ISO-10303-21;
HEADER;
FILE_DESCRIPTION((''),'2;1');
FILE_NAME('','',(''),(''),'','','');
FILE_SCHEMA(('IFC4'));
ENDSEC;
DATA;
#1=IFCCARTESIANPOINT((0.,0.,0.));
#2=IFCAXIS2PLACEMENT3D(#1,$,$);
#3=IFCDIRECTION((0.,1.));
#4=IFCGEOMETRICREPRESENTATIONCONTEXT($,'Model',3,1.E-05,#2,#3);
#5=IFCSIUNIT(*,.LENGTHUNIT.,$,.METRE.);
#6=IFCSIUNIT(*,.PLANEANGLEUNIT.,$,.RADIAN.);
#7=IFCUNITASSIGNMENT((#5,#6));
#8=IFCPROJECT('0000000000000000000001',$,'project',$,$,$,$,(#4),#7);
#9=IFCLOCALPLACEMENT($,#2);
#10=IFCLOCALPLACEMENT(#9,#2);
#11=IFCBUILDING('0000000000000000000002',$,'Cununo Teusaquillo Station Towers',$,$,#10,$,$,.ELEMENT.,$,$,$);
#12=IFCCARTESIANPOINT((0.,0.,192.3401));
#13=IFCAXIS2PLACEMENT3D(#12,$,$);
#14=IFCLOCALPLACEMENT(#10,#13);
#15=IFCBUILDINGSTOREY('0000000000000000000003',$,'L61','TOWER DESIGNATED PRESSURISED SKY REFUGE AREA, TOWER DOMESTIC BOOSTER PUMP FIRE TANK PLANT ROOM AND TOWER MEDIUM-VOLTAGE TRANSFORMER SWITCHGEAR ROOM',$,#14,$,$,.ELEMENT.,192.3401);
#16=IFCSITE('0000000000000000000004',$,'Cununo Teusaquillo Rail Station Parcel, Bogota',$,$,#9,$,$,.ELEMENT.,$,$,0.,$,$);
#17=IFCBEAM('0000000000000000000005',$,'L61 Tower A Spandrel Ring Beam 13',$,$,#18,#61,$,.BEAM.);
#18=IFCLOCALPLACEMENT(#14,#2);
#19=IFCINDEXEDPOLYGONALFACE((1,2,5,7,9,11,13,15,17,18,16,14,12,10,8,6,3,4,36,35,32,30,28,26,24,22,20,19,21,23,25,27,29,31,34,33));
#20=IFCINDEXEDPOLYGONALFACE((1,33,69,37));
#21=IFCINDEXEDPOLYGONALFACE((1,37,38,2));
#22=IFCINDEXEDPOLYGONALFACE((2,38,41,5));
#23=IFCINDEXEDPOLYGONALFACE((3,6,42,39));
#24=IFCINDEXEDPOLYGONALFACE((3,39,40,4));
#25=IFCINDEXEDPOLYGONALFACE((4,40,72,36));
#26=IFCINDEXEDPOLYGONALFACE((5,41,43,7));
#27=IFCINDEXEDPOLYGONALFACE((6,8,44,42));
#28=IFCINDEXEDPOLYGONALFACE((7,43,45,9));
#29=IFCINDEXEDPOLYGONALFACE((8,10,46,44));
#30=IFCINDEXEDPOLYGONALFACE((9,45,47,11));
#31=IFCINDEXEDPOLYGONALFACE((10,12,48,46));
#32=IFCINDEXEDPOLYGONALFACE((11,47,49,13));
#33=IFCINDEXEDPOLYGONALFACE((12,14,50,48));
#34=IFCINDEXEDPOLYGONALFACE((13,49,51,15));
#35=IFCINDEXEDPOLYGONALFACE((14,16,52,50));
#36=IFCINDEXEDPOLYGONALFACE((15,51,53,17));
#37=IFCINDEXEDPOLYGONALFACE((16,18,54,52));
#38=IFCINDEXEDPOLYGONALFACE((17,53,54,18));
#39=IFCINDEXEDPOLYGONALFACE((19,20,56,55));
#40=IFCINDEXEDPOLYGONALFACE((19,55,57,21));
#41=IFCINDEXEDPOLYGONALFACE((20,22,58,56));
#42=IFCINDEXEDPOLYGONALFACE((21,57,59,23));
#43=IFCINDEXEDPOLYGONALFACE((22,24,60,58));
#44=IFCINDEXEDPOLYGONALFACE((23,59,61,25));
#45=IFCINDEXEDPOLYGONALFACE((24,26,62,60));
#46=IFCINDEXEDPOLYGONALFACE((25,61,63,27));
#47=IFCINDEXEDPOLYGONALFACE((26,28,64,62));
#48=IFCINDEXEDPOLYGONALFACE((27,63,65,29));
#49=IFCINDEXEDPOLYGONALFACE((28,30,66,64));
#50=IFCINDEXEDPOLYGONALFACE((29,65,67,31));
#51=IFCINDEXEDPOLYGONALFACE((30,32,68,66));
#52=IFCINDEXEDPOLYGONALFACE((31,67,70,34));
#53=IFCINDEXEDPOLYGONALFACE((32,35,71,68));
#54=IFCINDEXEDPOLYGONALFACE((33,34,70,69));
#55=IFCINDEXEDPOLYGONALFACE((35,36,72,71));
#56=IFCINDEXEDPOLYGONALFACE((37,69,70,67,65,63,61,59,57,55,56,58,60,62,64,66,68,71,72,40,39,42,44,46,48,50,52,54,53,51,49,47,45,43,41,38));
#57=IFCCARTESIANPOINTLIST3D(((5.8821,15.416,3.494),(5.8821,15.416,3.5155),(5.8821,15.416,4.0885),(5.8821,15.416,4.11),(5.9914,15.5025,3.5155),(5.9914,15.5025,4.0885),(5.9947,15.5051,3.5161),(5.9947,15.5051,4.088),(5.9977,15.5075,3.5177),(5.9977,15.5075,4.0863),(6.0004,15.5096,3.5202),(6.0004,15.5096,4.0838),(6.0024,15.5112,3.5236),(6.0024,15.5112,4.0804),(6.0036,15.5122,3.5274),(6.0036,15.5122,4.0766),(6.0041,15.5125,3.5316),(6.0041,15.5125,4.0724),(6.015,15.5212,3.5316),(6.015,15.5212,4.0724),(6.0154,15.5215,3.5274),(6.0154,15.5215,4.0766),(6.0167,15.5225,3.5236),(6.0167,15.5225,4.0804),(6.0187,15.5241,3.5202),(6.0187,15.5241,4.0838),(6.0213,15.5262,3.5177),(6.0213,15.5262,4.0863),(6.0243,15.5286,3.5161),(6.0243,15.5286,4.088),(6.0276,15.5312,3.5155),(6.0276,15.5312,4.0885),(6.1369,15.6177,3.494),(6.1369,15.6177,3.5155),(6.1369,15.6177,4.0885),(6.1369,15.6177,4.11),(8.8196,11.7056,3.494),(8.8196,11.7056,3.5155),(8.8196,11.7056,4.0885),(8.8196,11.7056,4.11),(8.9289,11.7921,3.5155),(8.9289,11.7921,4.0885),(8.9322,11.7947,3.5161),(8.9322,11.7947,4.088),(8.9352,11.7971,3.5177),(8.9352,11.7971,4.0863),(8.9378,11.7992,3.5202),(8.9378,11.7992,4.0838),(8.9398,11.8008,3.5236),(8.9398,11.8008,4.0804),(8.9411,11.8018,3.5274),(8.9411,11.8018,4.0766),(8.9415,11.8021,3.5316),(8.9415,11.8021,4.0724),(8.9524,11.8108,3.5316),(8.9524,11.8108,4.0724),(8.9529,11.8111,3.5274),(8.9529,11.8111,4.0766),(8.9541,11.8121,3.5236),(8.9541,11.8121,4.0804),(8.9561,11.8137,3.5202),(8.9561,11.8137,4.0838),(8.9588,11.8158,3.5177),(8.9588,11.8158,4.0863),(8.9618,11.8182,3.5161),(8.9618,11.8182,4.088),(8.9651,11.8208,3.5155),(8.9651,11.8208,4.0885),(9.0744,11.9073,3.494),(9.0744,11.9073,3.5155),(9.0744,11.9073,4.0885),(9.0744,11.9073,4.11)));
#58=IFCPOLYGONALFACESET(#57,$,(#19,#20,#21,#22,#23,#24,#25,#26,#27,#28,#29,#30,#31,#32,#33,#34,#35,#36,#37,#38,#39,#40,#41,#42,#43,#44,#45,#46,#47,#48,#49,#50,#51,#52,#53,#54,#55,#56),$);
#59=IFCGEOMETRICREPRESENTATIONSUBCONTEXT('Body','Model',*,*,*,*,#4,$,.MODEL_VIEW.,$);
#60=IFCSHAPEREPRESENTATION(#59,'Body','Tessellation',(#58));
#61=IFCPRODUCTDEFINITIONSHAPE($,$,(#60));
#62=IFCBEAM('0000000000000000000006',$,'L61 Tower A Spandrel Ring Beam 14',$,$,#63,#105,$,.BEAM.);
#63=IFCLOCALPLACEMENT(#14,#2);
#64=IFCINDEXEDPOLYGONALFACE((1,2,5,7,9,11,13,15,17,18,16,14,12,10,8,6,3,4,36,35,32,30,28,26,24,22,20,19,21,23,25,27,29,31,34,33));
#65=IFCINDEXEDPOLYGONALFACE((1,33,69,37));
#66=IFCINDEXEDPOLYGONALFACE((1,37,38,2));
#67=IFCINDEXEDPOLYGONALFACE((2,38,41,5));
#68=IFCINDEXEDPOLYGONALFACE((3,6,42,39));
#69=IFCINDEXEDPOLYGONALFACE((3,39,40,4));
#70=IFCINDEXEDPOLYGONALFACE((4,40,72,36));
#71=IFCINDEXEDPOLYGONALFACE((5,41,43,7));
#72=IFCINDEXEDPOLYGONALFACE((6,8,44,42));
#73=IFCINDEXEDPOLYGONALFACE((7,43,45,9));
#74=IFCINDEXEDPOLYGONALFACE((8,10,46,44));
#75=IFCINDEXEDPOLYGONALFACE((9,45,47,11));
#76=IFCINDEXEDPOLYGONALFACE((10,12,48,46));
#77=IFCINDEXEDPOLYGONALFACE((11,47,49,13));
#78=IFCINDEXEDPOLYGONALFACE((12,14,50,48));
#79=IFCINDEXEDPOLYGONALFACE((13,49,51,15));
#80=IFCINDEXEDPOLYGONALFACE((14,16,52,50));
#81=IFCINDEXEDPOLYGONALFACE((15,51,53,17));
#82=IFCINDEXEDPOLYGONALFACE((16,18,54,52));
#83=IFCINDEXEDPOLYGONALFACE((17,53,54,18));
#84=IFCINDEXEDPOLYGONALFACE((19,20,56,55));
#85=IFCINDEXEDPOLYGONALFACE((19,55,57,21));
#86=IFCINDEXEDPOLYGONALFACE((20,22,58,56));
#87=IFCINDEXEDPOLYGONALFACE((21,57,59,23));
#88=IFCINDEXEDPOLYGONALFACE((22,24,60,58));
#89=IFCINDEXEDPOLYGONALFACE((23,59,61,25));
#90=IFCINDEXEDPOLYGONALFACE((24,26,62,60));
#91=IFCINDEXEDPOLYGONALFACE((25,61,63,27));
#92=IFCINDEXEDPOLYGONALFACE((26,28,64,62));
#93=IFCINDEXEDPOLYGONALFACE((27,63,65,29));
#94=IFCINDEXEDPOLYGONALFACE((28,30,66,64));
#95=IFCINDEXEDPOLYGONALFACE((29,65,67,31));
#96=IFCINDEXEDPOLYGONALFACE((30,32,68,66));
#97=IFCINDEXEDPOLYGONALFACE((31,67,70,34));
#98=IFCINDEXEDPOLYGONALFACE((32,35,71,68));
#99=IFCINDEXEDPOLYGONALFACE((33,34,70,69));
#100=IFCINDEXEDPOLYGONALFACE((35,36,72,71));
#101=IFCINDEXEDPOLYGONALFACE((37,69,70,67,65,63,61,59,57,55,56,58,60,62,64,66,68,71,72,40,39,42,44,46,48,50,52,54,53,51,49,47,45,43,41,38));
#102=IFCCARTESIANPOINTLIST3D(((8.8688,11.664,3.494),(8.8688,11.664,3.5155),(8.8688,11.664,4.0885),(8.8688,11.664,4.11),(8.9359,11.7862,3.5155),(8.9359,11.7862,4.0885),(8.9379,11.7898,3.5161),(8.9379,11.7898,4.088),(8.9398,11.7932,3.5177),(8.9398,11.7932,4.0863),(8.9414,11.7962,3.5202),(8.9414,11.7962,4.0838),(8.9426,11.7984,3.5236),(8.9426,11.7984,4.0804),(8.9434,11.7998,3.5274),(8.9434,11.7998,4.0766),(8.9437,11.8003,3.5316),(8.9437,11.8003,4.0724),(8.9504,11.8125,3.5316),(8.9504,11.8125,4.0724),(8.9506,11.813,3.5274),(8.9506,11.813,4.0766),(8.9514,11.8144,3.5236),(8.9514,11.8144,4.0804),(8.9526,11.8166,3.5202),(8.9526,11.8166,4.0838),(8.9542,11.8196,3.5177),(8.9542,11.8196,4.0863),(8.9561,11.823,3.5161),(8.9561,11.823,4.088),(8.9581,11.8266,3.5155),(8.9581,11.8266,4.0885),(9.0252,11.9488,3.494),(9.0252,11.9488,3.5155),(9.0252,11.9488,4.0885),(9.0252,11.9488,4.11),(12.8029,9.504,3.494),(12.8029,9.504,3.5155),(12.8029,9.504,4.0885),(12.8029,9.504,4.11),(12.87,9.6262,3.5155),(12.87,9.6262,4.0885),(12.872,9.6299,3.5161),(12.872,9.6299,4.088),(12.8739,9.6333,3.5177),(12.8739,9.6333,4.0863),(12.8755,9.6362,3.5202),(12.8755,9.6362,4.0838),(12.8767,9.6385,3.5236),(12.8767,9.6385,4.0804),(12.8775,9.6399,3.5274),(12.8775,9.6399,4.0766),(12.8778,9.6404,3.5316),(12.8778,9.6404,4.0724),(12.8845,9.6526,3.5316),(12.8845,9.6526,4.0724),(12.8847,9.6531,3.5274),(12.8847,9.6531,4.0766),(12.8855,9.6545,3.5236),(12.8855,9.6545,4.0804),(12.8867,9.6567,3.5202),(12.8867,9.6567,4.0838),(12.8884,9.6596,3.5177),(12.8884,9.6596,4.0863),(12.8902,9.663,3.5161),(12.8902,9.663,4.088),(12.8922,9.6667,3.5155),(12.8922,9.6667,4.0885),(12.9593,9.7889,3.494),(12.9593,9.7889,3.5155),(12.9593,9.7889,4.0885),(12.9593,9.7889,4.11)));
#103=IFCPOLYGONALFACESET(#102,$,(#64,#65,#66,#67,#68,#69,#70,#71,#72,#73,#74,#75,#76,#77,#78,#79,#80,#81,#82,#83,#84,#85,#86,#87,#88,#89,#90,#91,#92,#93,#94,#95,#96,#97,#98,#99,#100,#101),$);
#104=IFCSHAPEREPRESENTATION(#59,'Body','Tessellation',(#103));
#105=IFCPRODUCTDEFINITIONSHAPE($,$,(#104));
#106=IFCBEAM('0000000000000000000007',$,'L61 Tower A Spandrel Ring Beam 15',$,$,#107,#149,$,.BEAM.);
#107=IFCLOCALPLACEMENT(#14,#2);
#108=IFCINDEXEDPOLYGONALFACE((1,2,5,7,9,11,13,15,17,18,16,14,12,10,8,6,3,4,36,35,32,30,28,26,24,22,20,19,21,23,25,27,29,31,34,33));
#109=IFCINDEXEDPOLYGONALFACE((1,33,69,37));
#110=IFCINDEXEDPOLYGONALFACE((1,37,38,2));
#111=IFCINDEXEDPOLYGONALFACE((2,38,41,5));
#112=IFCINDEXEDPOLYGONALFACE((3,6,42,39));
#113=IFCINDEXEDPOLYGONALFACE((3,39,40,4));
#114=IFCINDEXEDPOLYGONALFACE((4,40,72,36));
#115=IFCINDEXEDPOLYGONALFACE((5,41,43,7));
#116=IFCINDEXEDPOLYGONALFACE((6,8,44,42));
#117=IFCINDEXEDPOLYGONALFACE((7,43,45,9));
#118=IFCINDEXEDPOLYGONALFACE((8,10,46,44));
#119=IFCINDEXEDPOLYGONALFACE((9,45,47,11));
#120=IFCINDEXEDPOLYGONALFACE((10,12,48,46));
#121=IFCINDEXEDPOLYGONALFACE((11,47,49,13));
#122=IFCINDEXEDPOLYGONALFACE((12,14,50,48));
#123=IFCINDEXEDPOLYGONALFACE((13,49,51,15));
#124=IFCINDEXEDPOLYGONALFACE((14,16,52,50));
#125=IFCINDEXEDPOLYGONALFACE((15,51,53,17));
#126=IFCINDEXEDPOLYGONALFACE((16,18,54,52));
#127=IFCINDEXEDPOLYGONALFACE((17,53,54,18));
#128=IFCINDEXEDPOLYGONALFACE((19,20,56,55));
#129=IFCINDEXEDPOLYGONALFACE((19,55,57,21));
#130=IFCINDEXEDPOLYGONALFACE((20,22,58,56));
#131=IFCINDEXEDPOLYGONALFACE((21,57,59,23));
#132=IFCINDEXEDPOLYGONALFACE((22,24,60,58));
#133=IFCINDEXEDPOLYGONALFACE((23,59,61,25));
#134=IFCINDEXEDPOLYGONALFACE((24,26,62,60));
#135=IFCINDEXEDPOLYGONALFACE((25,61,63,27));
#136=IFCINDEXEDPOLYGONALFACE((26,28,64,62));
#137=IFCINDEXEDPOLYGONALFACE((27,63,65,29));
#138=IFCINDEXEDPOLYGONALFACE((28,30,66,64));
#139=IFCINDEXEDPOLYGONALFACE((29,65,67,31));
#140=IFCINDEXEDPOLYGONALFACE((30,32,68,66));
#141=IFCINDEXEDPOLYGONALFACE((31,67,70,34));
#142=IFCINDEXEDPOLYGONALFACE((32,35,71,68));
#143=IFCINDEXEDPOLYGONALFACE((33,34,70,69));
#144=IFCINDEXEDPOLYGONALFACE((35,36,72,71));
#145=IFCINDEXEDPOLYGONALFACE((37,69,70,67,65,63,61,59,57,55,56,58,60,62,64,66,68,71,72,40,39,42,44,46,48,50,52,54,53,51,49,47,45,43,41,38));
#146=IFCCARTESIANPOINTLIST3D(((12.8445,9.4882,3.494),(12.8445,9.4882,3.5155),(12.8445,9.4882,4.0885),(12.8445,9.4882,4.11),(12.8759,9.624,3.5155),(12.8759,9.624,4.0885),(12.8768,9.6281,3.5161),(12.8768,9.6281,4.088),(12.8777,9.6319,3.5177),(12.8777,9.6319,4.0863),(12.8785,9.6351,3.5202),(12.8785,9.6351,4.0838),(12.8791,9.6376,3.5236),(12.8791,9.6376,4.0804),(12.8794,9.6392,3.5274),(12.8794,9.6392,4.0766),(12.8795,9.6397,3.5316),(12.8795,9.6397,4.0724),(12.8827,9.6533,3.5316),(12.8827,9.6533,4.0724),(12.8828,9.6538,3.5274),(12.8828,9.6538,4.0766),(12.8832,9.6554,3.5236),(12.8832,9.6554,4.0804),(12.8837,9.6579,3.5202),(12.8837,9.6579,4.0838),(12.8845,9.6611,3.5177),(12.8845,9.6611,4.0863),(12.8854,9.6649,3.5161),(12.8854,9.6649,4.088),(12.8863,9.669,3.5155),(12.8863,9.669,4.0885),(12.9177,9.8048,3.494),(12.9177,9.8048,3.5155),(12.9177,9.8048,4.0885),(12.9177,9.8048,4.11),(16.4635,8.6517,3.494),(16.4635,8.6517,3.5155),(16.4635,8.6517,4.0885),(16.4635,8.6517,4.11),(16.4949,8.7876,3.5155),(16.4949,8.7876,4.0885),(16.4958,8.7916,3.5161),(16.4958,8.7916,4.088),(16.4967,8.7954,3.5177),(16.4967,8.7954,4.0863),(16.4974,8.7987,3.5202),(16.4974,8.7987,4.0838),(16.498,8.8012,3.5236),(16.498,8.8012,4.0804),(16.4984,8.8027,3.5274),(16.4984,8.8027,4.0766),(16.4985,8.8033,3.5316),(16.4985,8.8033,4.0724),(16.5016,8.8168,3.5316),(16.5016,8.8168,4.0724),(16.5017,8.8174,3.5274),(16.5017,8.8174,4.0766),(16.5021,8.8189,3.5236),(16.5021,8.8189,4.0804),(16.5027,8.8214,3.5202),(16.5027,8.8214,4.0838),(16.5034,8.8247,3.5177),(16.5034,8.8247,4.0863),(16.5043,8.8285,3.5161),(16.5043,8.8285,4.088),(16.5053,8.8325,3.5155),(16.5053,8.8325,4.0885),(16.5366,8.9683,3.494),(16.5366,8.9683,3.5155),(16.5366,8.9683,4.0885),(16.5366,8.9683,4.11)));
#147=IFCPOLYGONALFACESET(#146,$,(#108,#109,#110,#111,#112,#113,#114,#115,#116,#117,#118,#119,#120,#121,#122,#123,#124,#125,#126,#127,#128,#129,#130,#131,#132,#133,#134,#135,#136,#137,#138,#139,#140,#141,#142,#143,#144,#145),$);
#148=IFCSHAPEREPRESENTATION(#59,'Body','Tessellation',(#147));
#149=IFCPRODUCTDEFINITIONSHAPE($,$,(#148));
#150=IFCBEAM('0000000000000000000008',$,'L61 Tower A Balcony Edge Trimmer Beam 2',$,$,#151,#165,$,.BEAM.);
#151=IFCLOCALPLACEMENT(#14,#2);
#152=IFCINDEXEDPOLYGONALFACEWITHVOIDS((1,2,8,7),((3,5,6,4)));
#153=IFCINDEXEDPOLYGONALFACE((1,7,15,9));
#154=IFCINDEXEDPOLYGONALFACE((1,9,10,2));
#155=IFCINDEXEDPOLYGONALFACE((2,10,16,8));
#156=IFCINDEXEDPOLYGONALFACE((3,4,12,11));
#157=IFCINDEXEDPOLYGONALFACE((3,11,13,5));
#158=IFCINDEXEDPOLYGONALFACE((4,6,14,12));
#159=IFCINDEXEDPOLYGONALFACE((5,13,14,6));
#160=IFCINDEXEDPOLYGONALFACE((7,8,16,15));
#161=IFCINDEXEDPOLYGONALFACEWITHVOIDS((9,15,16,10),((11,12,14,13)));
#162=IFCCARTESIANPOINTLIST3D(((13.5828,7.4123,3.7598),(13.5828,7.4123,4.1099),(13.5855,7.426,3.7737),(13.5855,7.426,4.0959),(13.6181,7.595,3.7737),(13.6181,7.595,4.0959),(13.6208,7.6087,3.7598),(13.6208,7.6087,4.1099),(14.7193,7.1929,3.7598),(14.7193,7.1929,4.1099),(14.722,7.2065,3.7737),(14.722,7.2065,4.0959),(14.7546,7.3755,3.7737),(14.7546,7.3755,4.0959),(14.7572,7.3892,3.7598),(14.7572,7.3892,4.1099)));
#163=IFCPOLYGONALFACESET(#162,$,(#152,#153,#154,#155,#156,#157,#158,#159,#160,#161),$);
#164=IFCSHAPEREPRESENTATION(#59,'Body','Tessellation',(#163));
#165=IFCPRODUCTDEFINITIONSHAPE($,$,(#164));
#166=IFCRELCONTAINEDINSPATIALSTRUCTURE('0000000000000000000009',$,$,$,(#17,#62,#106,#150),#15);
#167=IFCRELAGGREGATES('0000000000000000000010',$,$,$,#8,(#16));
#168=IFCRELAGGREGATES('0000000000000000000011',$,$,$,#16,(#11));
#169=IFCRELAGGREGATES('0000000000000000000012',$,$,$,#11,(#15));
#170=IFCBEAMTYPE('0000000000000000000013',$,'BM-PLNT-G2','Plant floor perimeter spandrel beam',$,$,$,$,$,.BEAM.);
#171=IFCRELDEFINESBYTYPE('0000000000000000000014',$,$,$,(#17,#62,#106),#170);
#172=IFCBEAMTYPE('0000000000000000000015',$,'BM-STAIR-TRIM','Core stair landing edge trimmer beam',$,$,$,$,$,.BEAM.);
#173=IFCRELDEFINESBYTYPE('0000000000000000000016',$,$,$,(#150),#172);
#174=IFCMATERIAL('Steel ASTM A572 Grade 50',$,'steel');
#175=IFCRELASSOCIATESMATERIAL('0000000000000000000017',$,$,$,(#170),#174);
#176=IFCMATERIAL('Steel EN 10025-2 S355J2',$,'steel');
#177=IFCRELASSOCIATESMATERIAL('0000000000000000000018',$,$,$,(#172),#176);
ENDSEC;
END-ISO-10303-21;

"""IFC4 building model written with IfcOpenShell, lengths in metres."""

from ifc_helpers import new_model, si_unit, direction, frame, origin, origin_2d, place, context, subcontext, project, spatial, hollow_rectangle, i_section, extrude, material, material_profile, profile_set, type_object, element, save


model = new_model("IFC4")

# Units and contexts
model_context = context("Model", 3, precision=1e-05, world=origin(), true_north=direction((0.0, 1.0)))
body_context = subcontext(model_context, "Body", "Model", "MODEL_VIEW")
ifc_project = project(units=[si_unit("LENGTHUNIT", "METRE"), si_unit("PLANEANGLEUNIT", "RADIAN")], contexts=[model_context])

# Site, building, storey
site_placement = place(None, origin())
site = spatial("IfcSite", under=ifc_project, at=site_placement, Name="Cununo Teusaquillo Rail Station Parcel, Bogota", CompositionType="ELEMENT", RefElevation=0.0)
building_placement = place(site_placement, origin())
building = spatial("IfcBuilding", under=site, at=building_placement, Name="Cununo Teusaquillo Station Towers", CompositionType="ELEMENT")
storey_placement = place(building_placement, frame((0.0, 0.0, 192.3401)))
storey = spatial("IfcBuildingStorey", under=building, at=storey_placement, Name="L61", Description="TOWER DESIGNATED PRESSURISED SKY REFUGE AREA, TOWER DOMESTIC BOOSTER PUMP FIRE TANK PLANT ROOM AND TOWER MEDIUM-VOLTAGE TRANSFORMER SWITCHGEAR ROOM", CompositionType="ELEMENT", Elevation=192.3401)

# Beams
ifc_material_1 = material(Name="Steel ASTM A572 Grade 50", Category="steel")
ifc_material_profile_1 = material_profile(ifc_material_1, i_section(OverallWidth=0.325, OverallDepth=0.616, WebThickness=0.0139, FlangeThickness=0.0215, FilletRadius=0.0161, at=origin_2d()), Name="W24X117")
ifc_profile_set_1 = profile_set([ifc_material_profile_1], Name="Steel ASTM A572 Grade 50")
beam_type_1 = type_object("IfcBeamType", Name="BM-PLNT-G2", Description="Plant floor perimeter spandrel beam", PredefinedType="BEAM", material=ifc_profile_set_1)
beam_1_placement = place(storey_placement, frame((6.0095, 15.5168, 3.802), z_axis=(0.620711, -0.78404, 0.0), x_axis=(0.78404, 0.620711, 0.0)))
element("IfcBeam", 1, at=beam_1_placement, inside=storey, type_object=beam_type_1, Name="L61 Tower A Spandrel Ring Beam 13", PredefinedType="BEAM", context=body_context, shape_type="SweptSolid", body=[
    extrude(i_section(OverallWidth=0.325, OverallDepth=0.616, WebThickness=0.0139, FlangeThickness=0.0215, FilletRadius=0.0161, at=origin_2d()), origin(), (0.0, 0.0, 1.0), 4.7324),
])
beam_2_placement = place(storey_placement, frame((8.947, 11.8064, 3.802), z_axis=(0.876576, -0.481263, 0.0), x_axis=(0.481263, 0.876576, 0.0)))
element("IfcBeam", 2, at=beam_2_placement, inside=storey, type_object=beam_type_1, Name="L61 Tower A Spandrel Ring Beam 14", PredefinedType="BEAM", context=body_context, shape_type="SweptSolid", body=[
    extrude(i_section(OverallWidth=0.325, OverallDepth=0.616, WebThickness=0.0139, FlangeThickness=0.0215, FilletRadius=0.0161, at=origin_2d()), origin(), (0.0, 0.0, 1.0), 4.488),
])
beam_3_placement = place(storey_placement, frame((12.8811, 9.6465, 3.802), z_axis=(0.974315, -0.225191, 0.0), x_axis=(0.225191, 0.974315, 0.0)))
element("IfcBeam", 3, at=beam_3_placement, inside=storey, type_object=beam_type_1, Name="L61 Tower A Spandrel Ring Beam 15", PredefinedType="BEAM", context=body_context, shape_type="SweptSolid", body=[
    extrude(i_section(OverallWidth=0.325, OverallDepth=0.616, WebThickness=0.0139, FlangeThickness=0.0215, FilletRadius=0.0161, at=origin_2d()), origin(), (0.0, 0.0, 1.0), 3.7144),
])
ifc_material_2 = material(Name="Steel EN 10025-2 S355J2", Category="steel")
ifc_material_profile_2 = material_profile(ifc_material_2, hollow_rectangle(XDim=0.2, YDim=0.3501, WallThickness=0.0139, at=origin_2d()), Name="RHS 350x200x14")
ifc_profile_set_2 = profile_set([ifc_material_profile_2], Name="Steel EN 10025-2 S355J2")
beam_type_2 = type_object("IfcBeamType", Name="BM-STAIR-TRIM", Description="Core stair landing edge trimmer beam", PredefinedType="BEAM", material=ifc_profile_set_2)
beam_4_placement = place(storey_placement, frame((13.6018, 7.5105, 3.9348), z_axis=(0.981857, -0.189622, 0.0), x_axis=(0.189622, 0.981857, 0.0)))
element("IfcBeam", 4, at=beam_4_placement, inside=storey, type_object=beam_type_2, Name="L61 Tower A Balcony Edge Trimmer Beam 2", PredefinedType="BEAM", context=body_context, shape_type="SweptSolid", body=[
    extrude(hollow_rectangle(XDim=0.2, YDim=0.3501, WallThickness=0.0139, at=origin_2d()), origin(), (0.0, 0.0, 1.0), 1.1575),
])

save(model, "model.ifc")
